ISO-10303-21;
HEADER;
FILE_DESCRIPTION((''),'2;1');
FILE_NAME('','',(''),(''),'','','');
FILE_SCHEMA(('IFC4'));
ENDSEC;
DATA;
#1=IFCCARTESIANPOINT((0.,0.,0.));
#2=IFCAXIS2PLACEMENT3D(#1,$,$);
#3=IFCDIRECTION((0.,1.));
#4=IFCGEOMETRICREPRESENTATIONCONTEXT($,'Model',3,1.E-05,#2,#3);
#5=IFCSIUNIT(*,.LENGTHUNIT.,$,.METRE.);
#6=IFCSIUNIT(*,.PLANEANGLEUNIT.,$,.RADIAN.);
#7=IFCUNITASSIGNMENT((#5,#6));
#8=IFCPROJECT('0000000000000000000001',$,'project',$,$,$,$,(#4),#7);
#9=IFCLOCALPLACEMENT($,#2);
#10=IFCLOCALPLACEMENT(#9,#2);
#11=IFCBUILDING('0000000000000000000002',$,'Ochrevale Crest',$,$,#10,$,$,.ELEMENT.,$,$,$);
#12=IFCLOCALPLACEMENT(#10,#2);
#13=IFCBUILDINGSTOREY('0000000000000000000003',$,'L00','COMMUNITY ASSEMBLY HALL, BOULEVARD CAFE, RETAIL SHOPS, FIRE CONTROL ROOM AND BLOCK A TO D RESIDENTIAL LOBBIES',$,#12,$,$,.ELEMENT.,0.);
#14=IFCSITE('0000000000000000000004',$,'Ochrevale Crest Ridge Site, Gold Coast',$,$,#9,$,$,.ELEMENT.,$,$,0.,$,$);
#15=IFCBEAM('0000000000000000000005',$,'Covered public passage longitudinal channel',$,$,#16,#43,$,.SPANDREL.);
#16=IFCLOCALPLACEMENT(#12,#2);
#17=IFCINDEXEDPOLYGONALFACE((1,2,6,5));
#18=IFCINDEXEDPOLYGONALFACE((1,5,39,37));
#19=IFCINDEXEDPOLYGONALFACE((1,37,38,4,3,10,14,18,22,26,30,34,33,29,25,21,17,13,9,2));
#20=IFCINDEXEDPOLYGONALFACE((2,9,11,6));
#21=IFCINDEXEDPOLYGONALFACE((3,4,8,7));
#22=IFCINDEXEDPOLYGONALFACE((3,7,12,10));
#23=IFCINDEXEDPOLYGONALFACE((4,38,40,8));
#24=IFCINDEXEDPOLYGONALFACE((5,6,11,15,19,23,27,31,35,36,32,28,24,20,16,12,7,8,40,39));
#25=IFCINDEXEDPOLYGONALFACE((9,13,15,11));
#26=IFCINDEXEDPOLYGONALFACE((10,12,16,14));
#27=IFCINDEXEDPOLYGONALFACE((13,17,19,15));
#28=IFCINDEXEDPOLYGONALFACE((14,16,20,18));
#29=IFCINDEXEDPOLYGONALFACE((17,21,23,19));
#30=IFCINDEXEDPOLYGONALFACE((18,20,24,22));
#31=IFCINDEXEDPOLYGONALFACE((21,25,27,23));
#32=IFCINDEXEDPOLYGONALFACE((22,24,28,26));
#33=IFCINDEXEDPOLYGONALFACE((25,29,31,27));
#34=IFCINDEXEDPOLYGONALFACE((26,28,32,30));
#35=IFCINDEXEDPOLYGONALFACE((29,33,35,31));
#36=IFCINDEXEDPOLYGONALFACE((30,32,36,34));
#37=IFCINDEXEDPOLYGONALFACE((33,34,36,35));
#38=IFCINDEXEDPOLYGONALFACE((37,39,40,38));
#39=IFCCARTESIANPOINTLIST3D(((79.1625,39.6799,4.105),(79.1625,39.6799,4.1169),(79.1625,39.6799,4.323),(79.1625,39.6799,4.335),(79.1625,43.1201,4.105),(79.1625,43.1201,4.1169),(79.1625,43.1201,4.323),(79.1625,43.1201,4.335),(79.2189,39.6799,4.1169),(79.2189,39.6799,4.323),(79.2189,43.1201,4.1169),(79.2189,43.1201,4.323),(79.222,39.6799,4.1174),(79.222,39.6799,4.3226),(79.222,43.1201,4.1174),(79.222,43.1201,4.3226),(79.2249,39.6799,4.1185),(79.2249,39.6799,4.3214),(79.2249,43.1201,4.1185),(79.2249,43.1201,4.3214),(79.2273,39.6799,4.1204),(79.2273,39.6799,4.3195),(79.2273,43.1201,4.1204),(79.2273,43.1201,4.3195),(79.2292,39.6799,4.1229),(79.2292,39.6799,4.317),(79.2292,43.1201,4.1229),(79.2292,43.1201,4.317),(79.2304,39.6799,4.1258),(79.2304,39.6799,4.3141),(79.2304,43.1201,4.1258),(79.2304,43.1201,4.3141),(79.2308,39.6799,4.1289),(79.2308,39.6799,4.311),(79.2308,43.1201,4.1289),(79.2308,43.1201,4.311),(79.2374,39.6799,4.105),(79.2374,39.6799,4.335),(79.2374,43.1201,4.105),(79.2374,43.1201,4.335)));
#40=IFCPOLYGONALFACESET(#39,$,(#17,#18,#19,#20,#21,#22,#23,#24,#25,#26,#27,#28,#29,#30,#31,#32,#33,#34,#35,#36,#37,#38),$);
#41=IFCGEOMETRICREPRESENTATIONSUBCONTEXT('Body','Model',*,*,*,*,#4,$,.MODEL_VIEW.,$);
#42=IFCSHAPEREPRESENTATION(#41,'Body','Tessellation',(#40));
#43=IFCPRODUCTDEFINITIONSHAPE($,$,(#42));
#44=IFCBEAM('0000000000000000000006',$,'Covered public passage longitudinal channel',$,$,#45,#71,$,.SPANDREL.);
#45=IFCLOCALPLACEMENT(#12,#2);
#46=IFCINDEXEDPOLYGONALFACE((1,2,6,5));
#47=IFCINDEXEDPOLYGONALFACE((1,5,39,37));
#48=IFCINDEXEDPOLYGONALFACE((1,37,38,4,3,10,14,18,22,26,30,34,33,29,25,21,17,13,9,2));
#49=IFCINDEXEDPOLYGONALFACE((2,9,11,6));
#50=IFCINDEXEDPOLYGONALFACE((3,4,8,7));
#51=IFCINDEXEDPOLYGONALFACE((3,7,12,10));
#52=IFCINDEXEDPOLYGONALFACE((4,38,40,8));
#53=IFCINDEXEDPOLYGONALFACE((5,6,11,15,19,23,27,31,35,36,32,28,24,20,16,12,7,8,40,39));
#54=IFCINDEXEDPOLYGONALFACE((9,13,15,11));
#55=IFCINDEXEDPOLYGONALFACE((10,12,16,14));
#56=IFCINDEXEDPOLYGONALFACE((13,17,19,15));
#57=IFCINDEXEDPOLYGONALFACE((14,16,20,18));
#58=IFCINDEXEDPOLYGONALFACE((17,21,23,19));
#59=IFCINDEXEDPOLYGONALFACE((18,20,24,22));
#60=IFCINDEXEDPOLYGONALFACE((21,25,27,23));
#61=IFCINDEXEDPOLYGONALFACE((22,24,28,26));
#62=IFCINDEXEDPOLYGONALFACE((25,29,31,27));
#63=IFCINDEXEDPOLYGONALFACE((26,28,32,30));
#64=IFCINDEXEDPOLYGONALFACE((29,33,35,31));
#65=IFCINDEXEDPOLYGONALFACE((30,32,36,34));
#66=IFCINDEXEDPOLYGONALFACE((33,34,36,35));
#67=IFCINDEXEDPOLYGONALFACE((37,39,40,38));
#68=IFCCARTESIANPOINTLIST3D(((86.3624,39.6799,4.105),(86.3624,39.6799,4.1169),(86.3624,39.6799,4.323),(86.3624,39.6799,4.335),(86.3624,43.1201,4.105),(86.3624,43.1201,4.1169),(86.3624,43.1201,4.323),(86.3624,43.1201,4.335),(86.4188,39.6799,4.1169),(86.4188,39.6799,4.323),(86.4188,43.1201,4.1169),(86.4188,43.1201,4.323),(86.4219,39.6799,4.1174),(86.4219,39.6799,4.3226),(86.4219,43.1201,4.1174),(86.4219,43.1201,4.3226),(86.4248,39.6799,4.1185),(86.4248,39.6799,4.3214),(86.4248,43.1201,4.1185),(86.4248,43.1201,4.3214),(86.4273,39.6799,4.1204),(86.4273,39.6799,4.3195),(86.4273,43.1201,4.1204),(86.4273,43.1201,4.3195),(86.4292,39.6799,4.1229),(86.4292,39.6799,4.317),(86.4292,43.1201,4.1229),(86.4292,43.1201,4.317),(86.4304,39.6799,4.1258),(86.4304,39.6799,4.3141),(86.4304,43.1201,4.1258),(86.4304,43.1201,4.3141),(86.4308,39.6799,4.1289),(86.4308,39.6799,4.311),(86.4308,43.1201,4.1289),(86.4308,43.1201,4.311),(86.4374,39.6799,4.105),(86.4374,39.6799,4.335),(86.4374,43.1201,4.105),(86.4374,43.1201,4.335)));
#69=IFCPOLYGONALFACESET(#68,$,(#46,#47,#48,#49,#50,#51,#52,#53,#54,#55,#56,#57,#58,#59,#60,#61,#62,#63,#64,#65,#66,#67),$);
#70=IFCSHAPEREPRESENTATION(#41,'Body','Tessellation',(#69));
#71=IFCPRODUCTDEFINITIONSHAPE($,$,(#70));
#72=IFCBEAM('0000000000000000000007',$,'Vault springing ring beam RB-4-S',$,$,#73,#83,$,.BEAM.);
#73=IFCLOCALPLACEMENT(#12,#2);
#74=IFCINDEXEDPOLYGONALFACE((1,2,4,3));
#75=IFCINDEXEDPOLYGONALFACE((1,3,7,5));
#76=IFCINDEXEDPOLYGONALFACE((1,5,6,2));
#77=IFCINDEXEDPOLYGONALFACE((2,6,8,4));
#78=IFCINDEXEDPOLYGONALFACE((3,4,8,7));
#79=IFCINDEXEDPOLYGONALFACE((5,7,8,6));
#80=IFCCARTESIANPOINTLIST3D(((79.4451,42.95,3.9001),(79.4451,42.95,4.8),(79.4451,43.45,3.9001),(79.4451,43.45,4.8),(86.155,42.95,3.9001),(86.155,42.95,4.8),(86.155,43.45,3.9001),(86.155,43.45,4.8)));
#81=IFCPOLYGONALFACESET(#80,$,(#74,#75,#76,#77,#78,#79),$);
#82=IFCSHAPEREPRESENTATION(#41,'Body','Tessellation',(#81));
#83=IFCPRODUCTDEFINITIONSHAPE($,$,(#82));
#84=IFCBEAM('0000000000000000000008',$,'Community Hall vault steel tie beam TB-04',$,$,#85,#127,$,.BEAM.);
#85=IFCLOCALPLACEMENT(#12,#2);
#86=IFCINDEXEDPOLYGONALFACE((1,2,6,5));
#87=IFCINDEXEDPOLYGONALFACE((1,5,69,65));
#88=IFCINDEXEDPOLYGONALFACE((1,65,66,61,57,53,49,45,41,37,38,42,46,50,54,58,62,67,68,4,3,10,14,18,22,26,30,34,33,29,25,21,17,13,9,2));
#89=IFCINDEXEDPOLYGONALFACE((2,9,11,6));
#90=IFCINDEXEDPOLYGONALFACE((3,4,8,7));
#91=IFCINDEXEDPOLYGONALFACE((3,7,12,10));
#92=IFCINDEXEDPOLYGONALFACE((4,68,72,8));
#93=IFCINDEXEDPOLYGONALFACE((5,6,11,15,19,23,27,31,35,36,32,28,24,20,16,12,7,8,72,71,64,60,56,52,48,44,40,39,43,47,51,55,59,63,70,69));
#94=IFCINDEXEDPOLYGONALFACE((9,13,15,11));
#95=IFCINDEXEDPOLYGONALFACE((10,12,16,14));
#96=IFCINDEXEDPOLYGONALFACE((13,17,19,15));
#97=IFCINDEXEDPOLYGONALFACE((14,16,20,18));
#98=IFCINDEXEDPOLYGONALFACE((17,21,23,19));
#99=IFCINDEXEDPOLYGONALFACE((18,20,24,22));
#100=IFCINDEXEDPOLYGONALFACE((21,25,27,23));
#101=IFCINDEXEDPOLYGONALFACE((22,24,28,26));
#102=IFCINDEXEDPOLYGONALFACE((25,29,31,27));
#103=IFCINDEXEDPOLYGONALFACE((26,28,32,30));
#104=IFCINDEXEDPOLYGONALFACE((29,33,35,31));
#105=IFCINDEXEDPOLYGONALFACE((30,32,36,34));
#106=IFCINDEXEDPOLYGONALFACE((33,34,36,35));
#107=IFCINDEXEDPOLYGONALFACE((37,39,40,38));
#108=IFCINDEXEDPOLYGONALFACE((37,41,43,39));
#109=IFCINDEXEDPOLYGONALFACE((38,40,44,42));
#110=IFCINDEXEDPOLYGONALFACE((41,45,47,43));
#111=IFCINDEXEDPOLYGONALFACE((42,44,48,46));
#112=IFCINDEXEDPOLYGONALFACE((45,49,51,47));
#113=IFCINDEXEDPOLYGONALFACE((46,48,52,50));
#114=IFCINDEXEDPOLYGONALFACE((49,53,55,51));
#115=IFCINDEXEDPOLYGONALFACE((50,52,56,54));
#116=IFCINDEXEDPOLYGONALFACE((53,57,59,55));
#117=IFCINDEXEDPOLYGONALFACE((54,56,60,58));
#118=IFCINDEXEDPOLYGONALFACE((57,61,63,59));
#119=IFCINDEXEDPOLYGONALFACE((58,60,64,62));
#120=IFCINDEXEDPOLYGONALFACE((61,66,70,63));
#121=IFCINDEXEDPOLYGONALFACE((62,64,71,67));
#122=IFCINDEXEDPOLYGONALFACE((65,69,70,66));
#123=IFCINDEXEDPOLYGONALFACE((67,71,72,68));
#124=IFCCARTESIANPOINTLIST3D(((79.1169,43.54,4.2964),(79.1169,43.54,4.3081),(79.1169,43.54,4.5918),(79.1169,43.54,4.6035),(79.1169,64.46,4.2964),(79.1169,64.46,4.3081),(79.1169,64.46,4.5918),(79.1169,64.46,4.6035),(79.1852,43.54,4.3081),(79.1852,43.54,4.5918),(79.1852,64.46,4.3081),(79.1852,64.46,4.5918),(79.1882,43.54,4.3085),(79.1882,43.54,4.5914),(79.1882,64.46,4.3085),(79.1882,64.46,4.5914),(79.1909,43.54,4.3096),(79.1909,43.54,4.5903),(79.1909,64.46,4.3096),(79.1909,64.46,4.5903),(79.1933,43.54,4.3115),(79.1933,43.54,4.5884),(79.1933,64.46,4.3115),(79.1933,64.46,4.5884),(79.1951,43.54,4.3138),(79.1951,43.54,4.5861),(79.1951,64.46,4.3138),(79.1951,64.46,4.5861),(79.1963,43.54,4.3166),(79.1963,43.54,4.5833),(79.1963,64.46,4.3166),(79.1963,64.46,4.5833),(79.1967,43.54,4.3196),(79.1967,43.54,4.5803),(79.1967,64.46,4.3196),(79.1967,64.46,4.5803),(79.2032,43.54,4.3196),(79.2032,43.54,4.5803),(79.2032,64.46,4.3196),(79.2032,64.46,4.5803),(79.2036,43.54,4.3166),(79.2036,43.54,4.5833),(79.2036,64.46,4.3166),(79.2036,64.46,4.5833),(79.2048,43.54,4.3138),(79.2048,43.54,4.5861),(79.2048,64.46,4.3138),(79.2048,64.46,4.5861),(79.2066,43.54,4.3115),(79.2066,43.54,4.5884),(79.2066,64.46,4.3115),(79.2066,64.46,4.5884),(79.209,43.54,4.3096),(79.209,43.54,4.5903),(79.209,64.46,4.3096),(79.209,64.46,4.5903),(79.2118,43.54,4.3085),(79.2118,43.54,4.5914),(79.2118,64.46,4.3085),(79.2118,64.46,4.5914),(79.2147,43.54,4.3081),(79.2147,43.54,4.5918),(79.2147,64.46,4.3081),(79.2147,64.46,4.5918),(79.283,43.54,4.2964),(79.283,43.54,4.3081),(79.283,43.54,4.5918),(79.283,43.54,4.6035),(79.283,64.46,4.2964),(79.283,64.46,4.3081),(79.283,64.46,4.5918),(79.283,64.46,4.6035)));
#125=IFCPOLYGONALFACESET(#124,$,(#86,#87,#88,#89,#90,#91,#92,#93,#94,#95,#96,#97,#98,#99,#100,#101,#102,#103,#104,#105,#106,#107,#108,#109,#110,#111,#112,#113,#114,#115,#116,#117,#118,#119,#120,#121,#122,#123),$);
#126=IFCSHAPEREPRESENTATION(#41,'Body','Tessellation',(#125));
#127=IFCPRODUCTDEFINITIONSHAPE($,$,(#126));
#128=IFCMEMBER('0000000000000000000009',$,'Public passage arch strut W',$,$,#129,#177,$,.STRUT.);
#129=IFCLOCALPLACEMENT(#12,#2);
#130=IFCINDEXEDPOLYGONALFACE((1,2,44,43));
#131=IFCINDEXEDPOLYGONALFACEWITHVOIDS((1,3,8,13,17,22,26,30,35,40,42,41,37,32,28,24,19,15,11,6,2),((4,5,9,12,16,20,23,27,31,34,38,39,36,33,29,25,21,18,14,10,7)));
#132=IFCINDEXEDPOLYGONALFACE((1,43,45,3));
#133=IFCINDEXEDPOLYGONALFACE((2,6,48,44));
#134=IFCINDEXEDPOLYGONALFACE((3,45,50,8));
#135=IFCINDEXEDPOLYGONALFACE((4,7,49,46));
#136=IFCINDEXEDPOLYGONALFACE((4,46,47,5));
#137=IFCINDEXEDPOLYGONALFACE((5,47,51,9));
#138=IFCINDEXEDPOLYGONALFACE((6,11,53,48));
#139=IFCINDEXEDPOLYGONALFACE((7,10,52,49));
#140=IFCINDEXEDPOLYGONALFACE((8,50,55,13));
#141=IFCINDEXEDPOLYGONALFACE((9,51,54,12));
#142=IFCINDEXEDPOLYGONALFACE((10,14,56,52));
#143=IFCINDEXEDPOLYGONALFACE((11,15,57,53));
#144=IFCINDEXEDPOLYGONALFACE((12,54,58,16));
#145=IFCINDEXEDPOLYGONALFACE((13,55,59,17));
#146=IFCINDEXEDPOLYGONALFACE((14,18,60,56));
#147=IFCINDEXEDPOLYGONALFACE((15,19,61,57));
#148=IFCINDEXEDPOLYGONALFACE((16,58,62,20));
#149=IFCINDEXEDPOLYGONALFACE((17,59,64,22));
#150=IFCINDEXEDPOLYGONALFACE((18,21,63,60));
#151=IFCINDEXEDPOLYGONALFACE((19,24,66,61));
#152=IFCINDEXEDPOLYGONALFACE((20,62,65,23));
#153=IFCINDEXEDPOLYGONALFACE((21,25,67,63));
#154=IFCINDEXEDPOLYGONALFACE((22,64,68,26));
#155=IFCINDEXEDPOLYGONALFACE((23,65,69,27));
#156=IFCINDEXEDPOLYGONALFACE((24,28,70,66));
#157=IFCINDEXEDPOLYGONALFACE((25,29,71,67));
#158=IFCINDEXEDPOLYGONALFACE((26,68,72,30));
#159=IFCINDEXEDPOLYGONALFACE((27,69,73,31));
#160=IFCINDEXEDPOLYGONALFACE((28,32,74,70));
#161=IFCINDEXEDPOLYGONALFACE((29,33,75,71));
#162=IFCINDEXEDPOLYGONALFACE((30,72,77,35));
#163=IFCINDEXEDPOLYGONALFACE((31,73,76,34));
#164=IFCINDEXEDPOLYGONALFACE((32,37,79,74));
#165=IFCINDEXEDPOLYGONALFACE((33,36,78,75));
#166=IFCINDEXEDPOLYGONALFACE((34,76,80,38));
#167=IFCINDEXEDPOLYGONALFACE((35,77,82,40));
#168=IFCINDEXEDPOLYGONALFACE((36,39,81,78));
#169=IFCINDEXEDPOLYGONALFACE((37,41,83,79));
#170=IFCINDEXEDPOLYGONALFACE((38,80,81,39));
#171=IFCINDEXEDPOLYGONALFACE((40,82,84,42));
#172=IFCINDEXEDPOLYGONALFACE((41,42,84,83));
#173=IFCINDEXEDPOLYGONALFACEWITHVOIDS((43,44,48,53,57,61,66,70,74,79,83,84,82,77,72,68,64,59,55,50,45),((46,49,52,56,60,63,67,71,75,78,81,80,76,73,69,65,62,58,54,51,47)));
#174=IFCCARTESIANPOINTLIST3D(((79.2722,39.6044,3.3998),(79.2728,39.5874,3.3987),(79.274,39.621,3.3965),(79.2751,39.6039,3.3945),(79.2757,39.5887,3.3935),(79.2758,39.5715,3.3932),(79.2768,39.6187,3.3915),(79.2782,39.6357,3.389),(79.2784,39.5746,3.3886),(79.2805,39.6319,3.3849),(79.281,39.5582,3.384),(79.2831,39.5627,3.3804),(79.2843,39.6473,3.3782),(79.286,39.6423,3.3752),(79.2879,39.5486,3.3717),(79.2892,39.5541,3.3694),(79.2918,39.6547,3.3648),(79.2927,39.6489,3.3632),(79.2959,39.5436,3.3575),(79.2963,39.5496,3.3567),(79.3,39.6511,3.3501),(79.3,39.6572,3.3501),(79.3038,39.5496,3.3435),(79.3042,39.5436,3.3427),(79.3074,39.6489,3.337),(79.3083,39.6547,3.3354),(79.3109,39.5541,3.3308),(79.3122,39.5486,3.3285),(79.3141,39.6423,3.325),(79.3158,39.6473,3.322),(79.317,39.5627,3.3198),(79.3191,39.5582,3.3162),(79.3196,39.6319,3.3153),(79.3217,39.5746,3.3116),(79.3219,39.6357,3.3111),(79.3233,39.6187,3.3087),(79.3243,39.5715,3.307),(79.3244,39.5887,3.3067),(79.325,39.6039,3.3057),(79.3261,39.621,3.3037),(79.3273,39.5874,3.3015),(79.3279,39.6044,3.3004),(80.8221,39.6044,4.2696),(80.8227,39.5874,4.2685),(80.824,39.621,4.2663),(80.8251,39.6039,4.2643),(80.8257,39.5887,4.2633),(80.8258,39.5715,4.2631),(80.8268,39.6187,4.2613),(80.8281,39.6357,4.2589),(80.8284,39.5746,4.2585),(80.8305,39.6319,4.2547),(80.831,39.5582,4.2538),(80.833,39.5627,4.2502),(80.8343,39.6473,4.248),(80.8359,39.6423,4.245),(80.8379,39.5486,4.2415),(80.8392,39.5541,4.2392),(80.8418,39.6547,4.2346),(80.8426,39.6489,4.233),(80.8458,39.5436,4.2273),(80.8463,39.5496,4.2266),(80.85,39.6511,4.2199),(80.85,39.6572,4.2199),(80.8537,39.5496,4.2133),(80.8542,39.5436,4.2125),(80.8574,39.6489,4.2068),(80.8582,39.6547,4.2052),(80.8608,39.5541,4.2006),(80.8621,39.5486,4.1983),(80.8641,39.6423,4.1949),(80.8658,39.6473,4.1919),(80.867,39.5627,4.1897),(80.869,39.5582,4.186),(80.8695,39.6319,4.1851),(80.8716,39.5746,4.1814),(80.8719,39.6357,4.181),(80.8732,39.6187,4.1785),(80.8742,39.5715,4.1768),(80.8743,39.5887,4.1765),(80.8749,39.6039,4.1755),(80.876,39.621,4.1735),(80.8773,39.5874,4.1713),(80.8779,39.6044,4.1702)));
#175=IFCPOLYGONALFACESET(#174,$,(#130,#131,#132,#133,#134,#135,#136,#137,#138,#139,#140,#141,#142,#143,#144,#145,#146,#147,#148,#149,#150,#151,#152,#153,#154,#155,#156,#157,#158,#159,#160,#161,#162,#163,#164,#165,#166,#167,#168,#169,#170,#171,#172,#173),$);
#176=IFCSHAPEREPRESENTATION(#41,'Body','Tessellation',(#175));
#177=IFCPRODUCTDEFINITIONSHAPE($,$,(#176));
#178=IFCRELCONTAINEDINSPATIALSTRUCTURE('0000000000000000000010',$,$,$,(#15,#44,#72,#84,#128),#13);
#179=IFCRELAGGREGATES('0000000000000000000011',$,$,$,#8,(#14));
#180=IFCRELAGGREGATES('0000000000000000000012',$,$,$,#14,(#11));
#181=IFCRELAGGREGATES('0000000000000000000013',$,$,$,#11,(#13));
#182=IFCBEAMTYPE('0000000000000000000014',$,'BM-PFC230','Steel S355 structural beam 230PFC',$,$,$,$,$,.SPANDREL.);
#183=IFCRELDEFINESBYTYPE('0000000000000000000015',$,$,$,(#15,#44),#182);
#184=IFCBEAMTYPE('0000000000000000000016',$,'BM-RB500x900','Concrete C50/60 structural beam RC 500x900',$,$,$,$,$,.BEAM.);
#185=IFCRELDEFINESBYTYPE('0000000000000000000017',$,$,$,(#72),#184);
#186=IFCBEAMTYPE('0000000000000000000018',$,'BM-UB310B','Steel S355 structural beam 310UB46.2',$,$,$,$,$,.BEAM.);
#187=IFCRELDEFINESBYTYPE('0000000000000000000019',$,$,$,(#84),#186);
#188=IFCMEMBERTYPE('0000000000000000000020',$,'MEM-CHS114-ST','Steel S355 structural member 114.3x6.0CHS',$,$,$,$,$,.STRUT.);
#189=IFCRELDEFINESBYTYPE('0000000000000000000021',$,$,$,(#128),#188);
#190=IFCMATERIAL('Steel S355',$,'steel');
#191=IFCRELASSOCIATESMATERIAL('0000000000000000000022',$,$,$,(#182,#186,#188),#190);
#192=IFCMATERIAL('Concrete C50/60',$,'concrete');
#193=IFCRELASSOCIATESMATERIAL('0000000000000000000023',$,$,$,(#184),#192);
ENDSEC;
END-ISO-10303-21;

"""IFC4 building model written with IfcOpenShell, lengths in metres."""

from ifc_helpers import new_model, si_unit, direction, frame, origin, origin_2d, place, context, subcontext, project, spatial, rectangle, hollow_circle, i_section, u_section, extrude, material, material_profile, profile_set, type_object, element, save


model = new_model("IFC4")

# Units and contexts
model_context = context("Model", 3, precision=1e-05, world=origin(), true_north=direction((0.0, 1.0)))
body_context = subcontext(model_context, "Body", "Model", "MODEL_VIEW")
ifc_project = project(units=[si_unit("LENGTHUNIT", "METRE"), si_unit("PLANEANGLEUNIT", "RADIAN")], contexts=[model_context])

# Site, building, storey
site_placement = place(None, origin())
site = spatial("IfcSite", under=ifc_project, at=site_placement, Name="Ochrevale Crest Ridge Site, Gold Coast", CompositionType="ELEMENT", RefElevation=0.0)
building_placement = place(site_placement, origin())
building = spatial("IfcBuilding", under=site, at=building_placement, Name="Ochrevale Crest", CompositionType="ELEMENT")
storey_placement = place(building_placement, origin())
storey = spatial("IfcBuildingStorey", under=building, at=storey_placement, Name="L00", Description="COMMUNITY ASSEMBLY HALL, BOULEVARD CAFE, RETAIL SHOPS, FIRE CONTROL ROOM AND BLOCK A TO D RESIDENTIAL LOBBIES", CompositionType="ELEMENT", Elevation=0.0)

# Shared definitions
ifc_material_1 = material(Name="Steel S355", Category="steel")

# Beams
ifc_material_profile_1 = material_profile(ifc_material_1, u_section(Depth=0.23, FlangeWidth=0.075, WebThickness=0.0066, FlangeThickness=0.012, FilletRadius=0.012, at=origin_2d()), Name="230PFC")
ifc_profile_set_1 = profile_set([ifc_material_profile_1], Name="Steel S355")
beam_type_1 = type_object("IfcBeamType", Name="BM-PFC230", Description="Steel S355 structural beam 230PFC", PredefinedType="SPANDREL", material=ifc_profile_set_1)
for number, where, z_axis, x_axis, name in (
    (1, (79.2, 39.6799, 4.22), (0.0, 1.0, 0.0), (-1.0, 0.0, 0.0), "Covered public passage longitudinal channel"),
    (2, (86.3999, 39.6799, 4.22), (0.0, 1.0, 0.0), (-1.0, 0.0, 0.0), "Covered public passage longitudinal channel"),
):
    element("IfcBeam", number, at=place(storey_placement, frame(where, z_axis=z_axis, x_axis=x_axis)), inside=storey, type_object=beam_type_1, Name=name, PredefinedType="SPANDREL", context=body_context, shape_type="SweptSolid", body=[
        extrude(u_section(Depth=0.23, FlangeWidth=0.075, WebThickness=0.0066, FlangeThickness=0.012, FilletRadius=0.012, at=origin_2d()), origin(), (0.0, 0.0, 1.0), 3.4402),
    ])
ifc_material_2 = material(Name="Concrete C50/60", Category="concrete")
ifc_material_profile_2 = material_profile(ifc_material_2, rectangle(XDim=0.5, YDim=0.8999, at=origin_2d()), Name="RC 500x900")
ifc_profile_set_2 = profile_set([ifc_material_profile_2], Name="Concrete C50/60")
beam_type_2 = type_object("IfcBeamType", Name="BM-RB500x900", Description="Concrete C50/60 structural beam RC 500x900", PredefinedType="BEAM", material=ifc_profile_set_2)
beam_1_placement = place(storey_placement, frame((79.4451, 43.2, 4.3501), z_axis=(1.0, 0.0, 0.0), x_axis=(0.0, 1.0, 0.0)))
element("IfcBeam", 3, at=beam_1_placement, inside=storey, type_object=beam_type_2, Name="Vault springing ring beam RB-4-S", PredefinedType="BEAM", context=body_context, shape_type="SweptSolid", body=[
    extrude(rectangle(XDim=0.5, YDim=0.8999, at=origin_2d()), origin(), (0.0, 0.0, 1.0), 6.71),
])
ifc_material_profile_3 = material_profile(ifc_material_1, i_section(OverallWidth=0.166, OverallDepth=0.3071, WebThickness=0.0066, FlangeThickness=0.0117, FilletRadius=0.0115, at=origin_2d()), Name="310UB46.2")
ifc_profile_set_3 = profile_set([ifc_material_profile_3], Name="Steel S355")
beam_type_3 = type_object("IfcBeamType", Name="BM-UB310B", Description="Steel S355 structural beam 310UB46.2", PredefinedType="BEAM", material=ifc_profile_set_3)
beam_2_placement = place(storey_placement, frame((79.2, 43.54, 4.45), z_axis=(0.0, 1.0, 0.0), x_axis=(-1.0, 0.0, 0.0)))
element("IfcBeam", 4, at=beam_2_placement, inside=storey, type_object=beam_type_3, Name="Community Hall vault steel tie beam TB-04", PredefinedType="BEAM", context=body_context, shape_type="SweptSolid", body=[
    extrude(i_section(OverallWidth=0.166, OverallDepth=0.3071, WebThickness=0.0066, FlangeThickness=0.0117, FilletRadius=0.0115, at=origin_2d()), origin(), (0.0, 0.0, 1.0), 20.9199),
])

# Member
ifc_material_profile_4 = material_profile(ifc_material_1, hollow_circle(Radius=0.0571, WallThickness=0.0061, at=origin_2d()), Name="114.3x6.0CHS")
ifc_profile_set_4 = profile_set([ifc_material_profile_4], Name="Steel S355")
member_type_1 = type_object("IfcMemberType", Name="MEM-CHS114-ST", Description="Steel S355 structural member 114.3x6.0CHS", PredefinedType="STRUT", material=ifc_profile_set_4)
member_1_placement = place(storey_placement, frame((79.3, 39.6001, 3.3501), z_axis=(0.872063, 0.0, 0.489394), x_axis=(0.0, 1.0, 0.0)))
element("IfcMember", 5, at=member_1_placement, inside=storey, type_object=member_type_1, Name="Public passage arch strut W", PredefinedType="STRUT", context=body_context, shape_type="SweptSolid", body=[
    extrude(hollow_circle(Radius=0.0571, WallThickness=0.0061, at=origin_2d()), origin(), (0.0, 0.0, 1.0), 1.7773),
])

save(model, "model.ifc")
